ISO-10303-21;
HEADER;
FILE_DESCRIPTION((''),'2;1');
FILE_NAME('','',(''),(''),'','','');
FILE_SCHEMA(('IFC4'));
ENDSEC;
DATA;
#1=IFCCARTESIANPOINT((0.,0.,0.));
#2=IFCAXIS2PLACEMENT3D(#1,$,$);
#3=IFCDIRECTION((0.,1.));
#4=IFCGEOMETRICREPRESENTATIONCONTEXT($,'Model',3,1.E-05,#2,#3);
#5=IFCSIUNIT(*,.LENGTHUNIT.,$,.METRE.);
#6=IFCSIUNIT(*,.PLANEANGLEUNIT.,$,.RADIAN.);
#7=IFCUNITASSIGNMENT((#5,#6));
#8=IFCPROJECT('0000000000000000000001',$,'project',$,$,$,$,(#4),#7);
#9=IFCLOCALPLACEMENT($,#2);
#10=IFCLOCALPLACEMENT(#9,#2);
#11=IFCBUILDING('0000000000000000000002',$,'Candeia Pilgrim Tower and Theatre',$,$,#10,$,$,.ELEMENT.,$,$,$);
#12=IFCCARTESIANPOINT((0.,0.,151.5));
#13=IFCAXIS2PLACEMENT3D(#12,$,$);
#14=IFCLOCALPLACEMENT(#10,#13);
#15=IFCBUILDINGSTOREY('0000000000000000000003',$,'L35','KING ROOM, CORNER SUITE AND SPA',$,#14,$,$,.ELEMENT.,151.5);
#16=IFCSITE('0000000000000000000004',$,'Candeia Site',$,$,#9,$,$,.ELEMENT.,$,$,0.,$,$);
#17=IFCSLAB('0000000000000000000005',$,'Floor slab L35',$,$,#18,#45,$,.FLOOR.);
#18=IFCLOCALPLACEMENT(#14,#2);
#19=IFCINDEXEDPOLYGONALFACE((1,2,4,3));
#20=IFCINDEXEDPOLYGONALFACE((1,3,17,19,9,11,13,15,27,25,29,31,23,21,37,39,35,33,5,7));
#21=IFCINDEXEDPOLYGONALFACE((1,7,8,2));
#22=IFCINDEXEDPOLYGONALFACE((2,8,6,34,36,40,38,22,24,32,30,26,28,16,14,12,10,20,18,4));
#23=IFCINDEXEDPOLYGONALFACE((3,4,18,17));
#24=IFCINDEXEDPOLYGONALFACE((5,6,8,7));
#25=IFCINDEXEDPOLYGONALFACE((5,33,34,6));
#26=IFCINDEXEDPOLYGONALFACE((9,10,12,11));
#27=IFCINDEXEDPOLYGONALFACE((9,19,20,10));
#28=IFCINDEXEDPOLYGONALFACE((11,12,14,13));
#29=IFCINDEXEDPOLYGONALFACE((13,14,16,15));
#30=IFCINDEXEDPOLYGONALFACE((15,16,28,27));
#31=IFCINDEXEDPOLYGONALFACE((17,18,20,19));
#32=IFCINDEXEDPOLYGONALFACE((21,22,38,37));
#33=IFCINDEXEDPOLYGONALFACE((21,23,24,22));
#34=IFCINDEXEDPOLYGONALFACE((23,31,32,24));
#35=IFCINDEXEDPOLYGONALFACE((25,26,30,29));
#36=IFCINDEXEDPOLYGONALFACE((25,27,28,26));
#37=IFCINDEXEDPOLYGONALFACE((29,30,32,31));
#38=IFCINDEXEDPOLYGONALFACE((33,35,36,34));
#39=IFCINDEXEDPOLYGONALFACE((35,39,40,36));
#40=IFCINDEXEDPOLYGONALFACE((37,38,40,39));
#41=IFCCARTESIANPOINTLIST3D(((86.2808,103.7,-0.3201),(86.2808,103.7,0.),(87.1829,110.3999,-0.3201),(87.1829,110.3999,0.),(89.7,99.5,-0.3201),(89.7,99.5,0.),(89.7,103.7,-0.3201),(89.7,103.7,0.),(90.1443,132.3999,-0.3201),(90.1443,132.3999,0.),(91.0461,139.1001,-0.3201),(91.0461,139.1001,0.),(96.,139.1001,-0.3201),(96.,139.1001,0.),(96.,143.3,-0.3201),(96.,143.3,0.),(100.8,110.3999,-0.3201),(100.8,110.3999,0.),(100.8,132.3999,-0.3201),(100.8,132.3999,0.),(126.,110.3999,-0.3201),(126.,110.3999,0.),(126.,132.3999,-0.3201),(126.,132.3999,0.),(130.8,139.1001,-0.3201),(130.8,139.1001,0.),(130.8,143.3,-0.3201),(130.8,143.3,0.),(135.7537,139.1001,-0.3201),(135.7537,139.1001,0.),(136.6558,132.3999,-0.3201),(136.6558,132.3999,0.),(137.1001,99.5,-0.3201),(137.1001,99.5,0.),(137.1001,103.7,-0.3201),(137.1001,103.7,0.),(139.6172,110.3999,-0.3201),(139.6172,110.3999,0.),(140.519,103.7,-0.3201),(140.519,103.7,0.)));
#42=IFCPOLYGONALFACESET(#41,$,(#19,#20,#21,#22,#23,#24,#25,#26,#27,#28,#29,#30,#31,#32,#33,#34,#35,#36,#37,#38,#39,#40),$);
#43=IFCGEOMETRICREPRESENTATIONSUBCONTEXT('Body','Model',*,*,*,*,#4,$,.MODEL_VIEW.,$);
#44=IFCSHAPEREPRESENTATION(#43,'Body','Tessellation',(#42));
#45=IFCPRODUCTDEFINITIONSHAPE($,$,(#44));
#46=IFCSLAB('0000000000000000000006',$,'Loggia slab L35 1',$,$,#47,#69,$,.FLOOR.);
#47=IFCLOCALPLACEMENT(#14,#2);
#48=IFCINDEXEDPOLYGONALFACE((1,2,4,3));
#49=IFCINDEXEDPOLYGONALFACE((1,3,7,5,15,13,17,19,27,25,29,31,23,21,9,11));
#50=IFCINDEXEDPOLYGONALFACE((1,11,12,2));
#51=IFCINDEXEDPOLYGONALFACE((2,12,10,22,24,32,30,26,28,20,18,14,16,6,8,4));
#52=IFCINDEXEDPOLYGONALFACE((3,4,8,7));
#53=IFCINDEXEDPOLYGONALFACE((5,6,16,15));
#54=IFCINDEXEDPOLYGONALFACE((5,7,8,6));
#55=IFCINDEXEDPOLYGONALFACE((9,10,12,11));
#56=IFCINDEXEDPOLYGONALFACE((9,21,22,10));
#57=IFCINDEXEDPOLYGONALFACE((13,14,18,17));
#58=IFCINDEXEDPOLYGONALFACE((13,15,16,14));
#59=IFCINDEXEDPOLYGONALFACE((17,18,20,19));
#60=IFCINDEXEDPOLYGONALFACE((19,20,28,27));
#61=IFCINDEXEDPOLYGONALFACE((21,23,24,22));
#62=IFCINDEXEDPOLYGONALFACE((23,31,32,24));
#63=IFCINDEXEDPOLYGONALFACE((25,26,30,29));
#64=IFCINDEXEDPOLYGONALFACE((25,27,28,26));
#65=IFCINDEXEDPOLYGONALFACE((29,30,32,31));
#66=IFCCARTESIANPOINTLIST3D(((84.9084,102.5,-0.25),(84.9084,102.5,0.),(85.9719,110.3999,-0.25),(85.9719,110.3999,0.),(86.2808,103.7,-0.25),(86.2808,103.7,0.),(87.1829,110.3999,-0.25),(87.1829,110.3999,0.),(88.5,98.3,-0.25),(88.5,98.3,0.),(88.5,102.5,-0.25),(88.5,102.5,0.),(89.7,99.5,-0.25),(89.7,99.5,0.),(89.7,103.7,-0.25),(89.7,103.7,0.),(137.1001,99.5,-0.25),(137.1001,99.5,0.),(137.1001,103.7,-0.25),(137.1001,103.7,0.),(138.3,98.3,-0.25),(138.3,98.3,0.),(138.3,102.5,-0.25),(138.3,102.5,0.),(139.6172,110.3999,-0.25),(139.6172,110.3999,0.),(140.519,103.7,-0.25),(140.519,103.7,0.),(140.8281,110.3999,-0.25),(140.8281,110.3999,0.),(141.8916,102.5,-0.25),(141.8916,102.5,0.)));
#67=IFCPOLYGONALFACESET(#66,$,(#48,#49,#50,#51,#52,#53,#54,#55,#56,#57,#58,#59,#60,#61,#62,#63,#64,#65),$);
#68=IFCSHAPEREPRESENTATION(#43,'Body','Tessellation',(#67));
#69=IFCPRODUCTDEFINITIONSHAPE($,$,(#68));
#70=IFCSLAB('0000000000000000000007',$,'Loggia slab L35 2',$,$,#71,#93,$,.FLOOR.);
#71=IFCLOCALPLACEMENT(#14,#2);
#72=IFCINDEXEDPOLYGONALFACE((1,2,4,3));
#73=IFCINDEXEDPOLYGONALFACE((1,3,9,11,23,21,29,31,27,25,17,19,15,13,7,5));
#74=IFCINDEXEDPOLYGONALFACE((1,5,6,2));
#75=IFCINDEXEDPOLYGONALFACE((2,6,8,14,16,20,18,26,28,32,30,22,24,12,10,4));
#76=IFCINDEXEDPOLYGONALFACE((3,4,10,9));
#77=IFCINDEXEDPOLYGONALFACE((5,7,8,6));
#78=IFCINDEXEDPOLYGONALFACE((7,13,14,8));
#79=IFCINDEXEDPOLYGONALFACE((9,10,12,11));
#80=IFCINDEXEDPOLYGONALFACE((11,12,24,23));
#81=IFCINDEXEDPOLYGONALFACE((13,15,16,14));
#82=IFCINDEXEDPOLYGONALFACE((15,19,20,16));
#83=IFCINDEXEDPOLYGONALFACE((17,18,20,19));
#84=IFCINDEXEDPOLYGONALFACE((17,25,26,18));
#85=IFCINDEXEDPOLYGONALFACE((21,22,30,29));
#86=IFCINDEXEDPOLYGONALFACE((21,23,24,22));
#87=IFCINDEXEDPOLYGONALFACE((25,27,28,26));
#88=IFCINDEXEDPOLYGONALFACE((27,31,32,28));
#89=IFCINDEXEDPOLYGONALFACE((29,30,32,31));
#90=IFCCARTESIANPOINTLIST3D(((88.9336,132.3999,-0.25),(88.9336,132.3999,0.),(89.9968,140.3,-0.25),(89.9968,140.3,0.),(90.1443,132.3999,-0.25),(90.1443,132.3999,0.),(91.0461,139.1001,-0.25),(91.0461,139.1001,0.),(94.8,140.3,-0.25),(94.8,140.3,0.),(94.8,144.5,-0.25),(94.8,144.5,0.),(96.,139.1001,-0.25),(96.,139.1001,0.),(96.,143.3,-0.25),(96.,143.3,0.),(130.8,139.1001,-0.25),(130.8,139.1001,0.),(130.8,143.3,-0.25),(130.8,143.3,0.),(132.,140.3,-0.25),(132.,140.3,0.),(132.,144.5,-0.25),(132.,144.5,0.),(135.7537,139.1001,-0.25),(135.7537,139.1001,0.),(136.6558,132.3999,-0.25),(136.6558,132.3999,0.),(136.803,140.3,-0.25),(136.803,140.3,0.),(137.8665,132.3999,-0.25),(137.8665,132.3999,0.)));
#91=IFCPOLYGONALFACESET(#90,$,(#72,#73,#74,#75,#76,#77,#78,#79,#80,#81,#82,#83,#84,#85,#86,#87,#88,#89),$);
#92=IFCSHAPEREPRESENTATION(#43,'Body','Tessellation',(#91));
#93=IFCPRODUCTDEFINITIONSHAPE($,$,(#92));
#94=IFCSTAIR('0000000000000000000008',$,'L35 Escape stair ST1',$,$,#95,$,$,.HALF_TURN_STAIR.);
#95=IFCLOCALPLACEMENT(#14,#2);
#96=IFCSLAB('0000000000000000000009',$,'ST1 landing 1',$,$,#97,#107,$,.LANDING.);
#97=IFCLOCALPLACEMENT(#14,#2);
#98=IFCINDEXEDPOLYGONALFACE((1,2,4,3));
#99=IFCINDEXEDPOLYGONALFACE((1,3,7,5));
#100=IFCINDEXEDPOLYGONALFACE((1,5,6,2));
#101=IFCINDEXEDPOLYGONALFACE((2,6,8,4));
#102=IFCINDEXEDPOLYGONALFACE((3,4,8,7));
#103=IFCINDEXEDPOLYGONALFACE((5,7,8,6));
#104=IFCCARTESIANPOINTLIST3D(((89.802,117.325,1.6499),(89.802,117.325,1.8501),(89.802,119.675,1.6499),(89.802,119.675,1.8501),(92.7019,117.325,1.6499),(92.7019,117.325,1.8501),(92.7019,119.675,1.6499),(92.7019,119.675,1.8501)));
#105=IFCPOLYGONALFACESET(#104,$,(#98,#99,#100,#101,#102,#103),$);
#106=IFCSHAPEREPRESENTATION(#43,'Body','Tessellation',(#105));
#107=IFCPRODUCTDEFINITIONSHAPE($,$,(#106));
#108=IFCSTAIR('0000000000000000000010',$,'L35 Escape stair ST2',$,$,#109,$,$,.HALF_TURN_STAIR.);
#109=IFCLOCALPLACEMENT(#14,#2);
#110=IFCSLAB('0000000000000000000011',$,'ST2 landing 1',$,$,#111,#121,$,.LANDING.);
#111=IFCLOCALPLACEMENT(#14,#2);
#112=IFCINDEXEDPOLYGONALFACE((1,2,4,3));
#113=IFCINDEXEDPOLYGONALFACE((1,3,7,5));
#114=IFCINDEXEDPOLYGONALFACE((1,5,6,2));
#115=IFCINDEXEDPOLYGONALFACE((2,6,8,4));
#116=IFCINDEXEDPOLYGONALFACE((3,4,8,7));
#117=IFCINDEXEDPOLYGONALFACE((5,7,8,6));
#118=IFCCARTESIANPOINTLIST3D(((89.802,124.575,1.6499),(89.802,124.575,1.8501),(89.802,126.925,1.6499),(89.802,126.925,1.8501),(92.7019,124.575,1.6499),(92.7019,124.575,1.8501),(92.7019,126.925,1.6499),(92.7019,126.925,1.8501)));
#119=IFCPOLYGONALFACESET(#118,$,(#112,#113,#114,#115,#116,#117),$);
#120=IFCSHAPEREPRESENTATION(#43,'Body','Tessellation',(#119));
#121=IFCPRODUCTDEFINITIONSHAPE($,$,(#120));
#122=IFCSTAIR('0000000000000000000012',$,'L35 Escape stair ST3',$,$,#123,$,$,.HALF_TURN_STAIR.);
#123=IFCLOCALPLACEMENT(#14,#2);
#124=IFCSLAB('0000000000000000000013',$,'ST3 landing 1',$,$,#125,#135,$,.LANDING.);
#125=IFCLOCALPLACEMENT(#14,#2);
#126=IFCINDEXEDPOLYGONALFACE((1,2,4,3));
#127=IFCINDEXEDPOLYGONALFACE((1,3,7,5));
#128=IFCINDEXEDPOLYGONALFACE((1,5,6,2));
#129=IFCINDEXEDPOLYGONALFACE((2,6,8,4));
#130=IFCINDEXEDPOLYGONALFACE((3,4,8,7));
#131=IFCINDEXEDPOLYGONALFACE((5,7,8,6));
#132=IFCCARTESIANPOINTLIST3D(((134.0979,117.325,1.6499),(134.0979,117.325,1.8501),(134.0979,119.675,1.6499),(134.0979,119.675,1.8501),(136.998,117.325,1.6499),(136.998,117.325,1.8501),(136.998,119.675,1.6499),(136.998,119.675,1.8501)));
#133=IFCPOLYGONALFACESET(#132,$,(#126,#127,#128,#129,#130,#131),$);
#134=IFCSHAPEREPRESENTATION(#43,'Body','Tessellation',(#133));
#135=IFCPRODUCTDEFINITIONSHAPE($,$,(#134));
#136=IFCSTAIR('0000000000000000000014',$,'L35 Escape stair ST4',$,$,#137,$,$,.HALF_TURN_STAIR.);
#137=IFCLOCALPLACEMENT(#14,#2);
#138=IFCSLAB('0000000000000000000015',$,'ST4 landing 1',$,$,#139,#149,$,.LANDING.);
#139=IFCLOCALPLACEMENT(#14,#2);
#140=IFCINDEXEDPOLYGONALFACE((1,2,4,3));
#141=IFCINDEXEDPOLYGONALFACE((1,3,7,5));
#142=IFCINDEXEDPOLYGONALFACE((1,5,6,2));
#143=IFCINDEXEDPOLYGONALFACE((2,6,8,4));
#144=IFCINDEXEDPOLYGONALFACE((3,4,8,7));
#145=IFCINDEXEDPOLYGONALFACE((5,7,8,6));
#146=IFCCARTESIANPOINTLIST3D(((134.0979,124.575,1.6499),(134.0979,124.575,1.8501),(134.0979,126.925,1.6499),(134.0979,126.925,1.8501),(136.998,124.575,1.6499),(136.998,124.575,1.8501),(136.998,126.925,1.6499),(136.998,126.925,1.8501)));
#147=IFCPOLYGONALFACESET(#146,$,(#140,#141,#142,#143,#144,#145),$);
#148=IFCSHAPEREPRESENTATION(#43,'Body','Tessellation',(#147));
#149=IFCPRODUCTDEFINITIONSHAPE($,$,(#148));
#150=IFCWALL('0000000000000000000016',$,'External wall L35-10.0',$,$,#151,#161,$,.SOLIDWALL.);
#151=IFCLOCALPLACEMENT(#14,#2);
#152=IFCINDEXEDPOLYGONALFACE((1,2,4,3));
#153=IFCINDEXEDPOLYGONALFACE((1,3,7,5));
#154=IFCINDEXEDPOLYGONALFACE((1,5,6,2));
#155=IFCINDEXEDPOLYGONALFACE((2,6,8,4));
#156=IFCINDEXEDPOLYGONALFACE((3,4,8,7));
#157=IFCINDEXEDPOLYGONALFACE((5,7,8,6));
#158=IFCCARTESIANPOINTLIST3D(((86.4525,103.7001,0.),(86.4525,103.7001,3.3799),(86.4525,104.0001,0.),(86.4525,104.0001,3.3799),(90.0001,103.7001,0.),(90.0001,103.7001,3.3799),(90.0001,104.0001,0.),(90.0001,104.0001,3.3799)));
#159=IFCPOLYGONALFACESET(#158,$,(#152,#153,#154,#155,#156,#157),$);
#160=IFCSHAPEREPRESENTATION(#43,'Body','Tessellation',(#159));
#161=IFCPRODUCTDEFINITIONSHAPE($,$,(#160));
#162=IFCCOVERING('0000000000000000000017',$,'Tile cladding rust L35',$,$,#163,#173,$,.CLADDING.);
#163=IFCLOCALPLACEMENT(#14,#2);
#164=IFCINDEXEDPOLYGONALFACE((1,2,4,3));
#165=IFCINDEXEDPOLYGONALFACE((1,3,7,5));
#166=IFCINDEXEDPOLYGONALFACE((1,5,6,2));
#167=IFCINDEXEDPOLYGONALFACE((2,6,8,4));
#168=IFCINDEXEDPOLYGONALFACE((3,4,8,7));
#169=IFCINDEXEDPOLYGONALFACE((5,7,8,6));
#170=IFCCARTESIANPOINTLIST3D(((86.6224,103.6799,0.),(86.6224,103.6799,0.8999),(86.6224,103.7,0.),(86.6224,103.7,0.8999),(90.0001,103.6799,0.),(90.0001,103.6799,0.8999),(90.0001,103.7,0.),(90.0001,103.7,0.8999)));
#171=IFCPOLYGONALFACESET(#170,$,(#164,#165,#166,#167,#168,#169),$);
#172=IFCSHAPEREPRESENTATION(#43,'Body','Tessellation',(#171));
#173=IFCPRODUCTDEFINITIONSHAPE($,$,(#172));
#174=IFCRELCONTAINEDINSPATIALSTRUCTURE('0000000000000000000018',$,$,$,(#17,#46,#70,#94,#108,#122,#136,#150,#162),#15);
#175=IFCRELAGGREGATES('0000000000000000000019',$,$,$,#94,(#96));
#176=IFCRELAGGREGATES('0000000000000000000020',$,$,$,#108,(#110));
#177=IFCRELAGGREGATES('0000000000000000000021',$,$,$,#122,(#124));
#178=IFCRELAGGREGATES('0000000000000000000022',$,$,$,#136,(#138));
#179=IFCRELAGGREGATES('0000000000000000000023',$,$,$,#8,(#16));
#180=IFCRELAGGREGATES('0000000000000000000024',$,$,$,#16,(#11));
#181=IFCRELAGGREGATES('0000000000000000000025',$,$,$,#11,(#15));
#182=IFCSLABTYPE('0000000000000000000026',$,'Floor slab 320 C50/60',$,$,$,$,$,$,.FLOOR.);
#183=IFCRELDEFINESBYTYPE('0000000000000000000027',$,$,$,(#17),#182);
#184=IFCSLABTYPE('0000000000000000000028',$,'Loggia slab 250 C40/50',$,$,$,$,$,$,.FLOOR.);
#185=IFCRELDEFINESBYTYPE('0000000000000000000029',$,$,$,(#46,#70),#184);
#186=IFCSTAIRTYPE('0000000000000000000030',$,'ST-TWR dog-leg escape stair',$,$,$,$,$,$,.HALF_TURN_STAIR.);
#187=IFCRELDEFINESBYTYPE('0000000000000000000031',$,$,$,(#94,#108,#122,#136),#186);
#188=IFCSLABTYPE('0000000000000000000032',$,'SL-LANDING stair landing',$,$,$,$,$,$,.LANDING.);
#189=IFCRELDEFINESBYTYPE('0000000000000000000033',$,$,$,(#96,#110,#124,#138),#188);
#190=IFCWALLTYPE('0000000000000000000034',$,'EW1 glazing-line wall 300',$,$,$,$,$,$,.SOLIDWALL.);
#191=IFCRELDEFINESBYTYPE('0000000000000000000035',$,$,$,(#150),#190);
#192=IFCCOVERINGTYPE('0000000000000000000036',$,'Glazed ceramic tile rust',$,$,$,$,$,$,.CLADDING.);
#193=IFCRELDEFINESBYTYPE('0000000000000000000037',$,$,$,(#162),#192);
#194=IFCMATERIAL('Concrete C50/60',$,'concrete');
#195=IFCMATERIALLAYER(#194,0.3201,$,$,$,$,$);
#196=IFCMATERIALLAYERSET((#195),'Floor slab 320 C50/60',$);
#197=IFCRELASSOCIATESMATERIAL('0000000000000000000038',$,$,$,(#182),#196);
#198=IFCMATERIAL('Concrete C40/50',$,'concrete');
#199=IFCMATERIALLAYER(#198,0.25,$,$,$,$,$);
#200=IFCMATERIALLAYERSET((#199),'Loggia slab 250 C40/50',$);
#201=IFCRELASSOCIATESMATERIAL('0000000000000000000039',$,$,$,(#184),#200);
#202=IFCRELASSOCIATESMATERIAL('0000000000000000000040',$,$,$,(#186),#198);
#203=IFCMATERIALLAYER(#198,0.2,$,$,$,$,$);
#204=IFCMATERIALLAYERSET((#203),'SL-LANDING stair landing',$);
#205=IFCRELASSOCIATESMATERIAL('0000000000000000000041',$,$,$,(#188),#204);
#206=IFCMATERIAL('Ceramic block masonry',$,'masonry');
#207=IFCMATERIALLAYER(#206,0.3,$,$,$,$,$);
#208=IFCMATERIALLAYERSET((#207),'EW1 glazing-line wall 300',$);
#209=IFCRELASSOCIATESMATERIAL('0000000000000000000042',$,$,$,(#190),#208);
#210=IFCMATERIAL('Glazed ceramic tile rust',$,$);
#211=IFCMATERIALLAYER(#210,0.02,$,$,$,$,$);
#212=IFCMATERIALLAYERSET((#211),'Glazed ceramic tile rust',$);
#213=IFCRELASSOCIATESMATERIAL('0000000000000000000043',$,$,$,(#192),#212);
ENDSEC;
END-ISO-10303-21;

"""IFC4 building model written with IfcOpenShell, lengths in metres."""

from ifc_helpers import new_model, si_unit, direction, frame, frame_2d, origin, origin_2d, place, context, subcontext, project, spatial, polyline, rectangle, outline, extrude, material, layer, layer_set, type_object, element, aggregate, save


model = new_model("IFC4")

# Units and contexts
model_context = context("Model", 3, precision=1e-05, world=origin(), true_north=direction((0.0, 1.0)))
body_context = subcontext(model_context, "Body", "Model", "MODEL_VIEW")
ifc_project = project(units=[si_unit("LENGTHUNIT", "METRE"), si_unit("PLANEANGLEUNIT", "RADIAN")], contexts=[model_context])

# Site, building, storey
site_placement = place(None, origin())
site = spatial("IfcSite", under=ifc_project, at=site_placement, Name="Candeia Site", CompositionType="ELEMENT", RefElevation=0.0)
building_placement = place(site_placement, origin())
building = spatial("IfcBuilding", under=site, at=building_placement, Name="Candeia Pilgrim Tower and Theatre", CompositionType="ELEMENT")
storey_placement = place(building_placement, frame((0.0, 0.0, 151.5)))
storey = spatial("IfcBuildingStorey", under=building, at=storey_placement, Name="L35", Description="KING ROOM, CORNER SUITE AND SPA", CompositionType="ELEMENT", Elevation=151.5)

# Slabs
ifc_material_1 = material(Name="Concrete C40/50", Category="concrete")
ifc_material_2 = material(Name="Concrete C50/60", Category="concrete")
ifc_layer_1 = layer(ifc_material_2, 0.3201)
ifc_layer_set_1 = layer_set([ifc_layer_1], Name="Floor slab 320 C50/60")
slab_type_1 = type_object("IfcSlabType", Name="Floor slab 320 C50/60", PredefinedType="FLOOR", material=ifc_layer_set_1)
slab_1_placement = place(storey_placement, frame((0.0, 0.0, -0.3201)))
element("IfcSlab", 1, at=slab_1_placement, inside=storey, type_object=slab_type_1, Name="Floor slab L35", PredefinedType="FLOOR", context=body_context, shape_type="SweptSolid", body=[
    extrude(outline(polyline([(96.0, 139.1001), (96.0, 143.3), (130.8, 143.3), (130.8, 139.1001), (135.7537, 139.1001), (136.6558, 132.3999), (126.0, 132.3999), (126.0, 110.3999), (139.6172, 110.3999), (140.519, 103.7), (137.1001, 103.7), (137.1001, 99.5), (89.7, 99.5), (89.7, 103.7), (86.2808, 103.7), (87.1829, 110.3999), (100.8, 110.3999), (100.8, 132.3999), (90.1443, 132.3999), (91.0461, 139.1001), (96.0, 139.1001)])), origin(), (0.0, 0.0, 1.0), 0.3201),
])
ifc_layer_2 = layer(ifc_material_1, 0.25)
ifc_layer_set_2 = layer_set([ifc_layer_2], Name="Loggia slab 250 C40/50")
slab_type_2 = type_object("IfcSlabType", Name="Loggia slab 250 C40/50", PredefinedType="FLOOR", material=ifc_layer_set_2)
slab_2_placement = place(storey_placement, frame((0.0, 0.0, -0.25)))
element("IfcSlab", 2, at=slab_2_placement, inside=storey, type_object=slab_type_2, Name="Loggia slab L35 1", PredefinedType="FLOOR", context=body_context, shape_type="SweptSolid", body=[
    extrude(outline(polyline([(87.1829, 110.3999), (86.2808, 103.7), (89.7, 103.7), (89.7, 99.5), (137.1001, 99.5), (137.1001, 103.7), (140.519, 103.7), (139.6172, 110.3999), (140.8281, 110.3999), (141.8916, 102.5), (138.3, 102.5), (138.3, 98.3), (88.5, 98.3), (88.5, 102.5), (84.9084, 102.5), (85.9719, 110.3999), (87.1829, 110.3999)])), origin(), (0.0, 0.0, 1.0), 0.25),
])
slab_3_placement = place(storey_placement, frame((0.0, 0.0, -0.25)))
element("IfcSlab", 3, at=slab_3_placement, inside=storey, type_object=slab_type_2, Name="Loggia slab L35 2", PredefinedType="FLOOR", context=body_context, shape_type="SweptSolid", body=[
    extrude(outline(polyline([(136.6558, 132.3999), (135.7537, 139.1001), (130.8, 139.1001), (130.8, 143.3), (96.0, 143.3), (96.0, 139.1001), (91.0461, 139.1001), (90.1443, 132.3999), (88.9336, 132.3999), (89.9968, 140.3), (94.8, 140.3), (94.8, 144.5), (132.0, 144.5), (132.0, 140.3), (136.803, 140.3), (137.8665, 132.3999), (136.6558, 132.3999)])), origin(), (0.0, 0.0, 1.0), 0.25),
])

# Stairs, slabs
stair_type = type_object("IfcStairType", Name="ST-TWR dog-leg escape stair", PredefinedType="HALF_TURN_STAIR", material=ifc_material_1)
stair_1_placement = place(storey_placement, origin())
stair_1 = element("IfcStair", 4, at=stair_1_placement, inside=storey, type_object=stair_type, Name="L35 Escape stair ST1", PredefinedType="HALF_TURN_STAIR")
ifc_layer_3 = layer(ifc_material_1, 0.2)
ifc_layer_set_3 = layer_set([ifc_layer_3], Name="SL-LANDING stair landing")
slab_type_3 = type_object("IfcSlabType", Name="SL-LANDING stair landing", PredefinedType="LANDING", material=ifc_layer_set_3)
slab_4_placement = place(storey_placement, frame((0.0, 0.0, 1.6499)))
slab_4 = element("IfcSlab", 5, at=slab_4_placement, type_object=slab_type_3, Name="ST1 landing 1", PredefinedType="LANDING", context=body_context, shape_type="SweptSolid", body=[
    extrude(outline(polyline([(89.802, 119.675), (89.802, 117.325), (92.7019, 117.325), (92.7019, 119.675), (89.802, 119.675)])), origin(), (0.0, 0.0, 1.0), 0.2002),
])
aggregate(stair_1, [slab_4])
stair_2_placement = place(storey_placement, origin())
stair_2 = element("IfcStair", 6, at=stair_2_placement, inside=storey, type_object=stair_type, Name="L35 Escape stair ST2", PredefinedType="HALF_TURN_STAIR")
slab_5_placement = place(storey_placement, frame((0.0, 0.0, 1.6499)))
slab_5 = element("IfcSlab", 7, at=slab_5_placement, type_object=slab_type_3, Name="ST2 landing 1", PredefinedType="LANDING", context=body_context, shape_type="SweptSolid", body=[
    extrude(outline(polyline([(89.802, 126.925), (89.802, 124.575), (92.7019, 124.575), (92.7019, 126.925), (89.802, 126.925)])), origin(), (0.0, 0.0, 1.0), 0.2002),
])
aggregate(stair_2, [slab_5])
stair_3_placement = place(storey_placement, origin())
stair_3 = element("IfcStair", 8, at=stair_3_placement, inside=storey, type_object=stair_type, Name="L35 Escape stair ST3", PredefinedType="HALF_TURN_STAIR")
slab_6_placement = place(storey_placement, frame((0.0, 0.0, 1.6499)))
slab_6 = element("IfcSlab", 9, at=slab_6_placement, type_object=slab_type_3, Name="ST3 landing 1", PredefinedType="LANDING", context=body_context, shape_type="SweptSolid", body=[
    extrude(outline(polyline([(134.0979, 119.675), (134.0979, 117.325), (136.998, 117.325), (136.998, 119.675), (134.0979, 119.675)])), origin(), (0.0, 0.0, 1.0), 0.2002),
])
aggregate(stair_3, [slab_6])
stair_4_placement = place(storey_placement, origin())
stair_4 = element("IfcStair", 10, at=stair_4_placement, inside=storey, type_object=stair_type, Name="L35 Escape stair ST4", PredefinedType="HALF_TURN_STAIR")
slab_7_placement = place(storey_placement, frame((0.0, 0.0, 1.6499)))
slab_7 = element("IfcSlab", 11, at=slab_7_placement, type_object=slab_type_3, Name="ST4 landing 1", PredefinedType="LANDING", context=body_context, shape_type="SweptSolid", body=[
    extrude(outline(polyline([(134.0979, 126.925), (134.0979, 124.575), (136.998, 124.575), (136.998, 126.925), (134.0979, 126.925)])), origin(), (0.0, 0.0, 1.0), 0.2002),
])
aggregate(stair_4, [slab_7])

# Wall
ifc_material_3 = material(Name="Ceramic block masonry", Category="masonry")
ifc_layer_4 = layer(ifc_material_3, 0.3)
ifc_layer_set_4 = layer_set([ifc_layer_4], Name="EW1 glazing-line wall 300")
wall_type = type_object("IfcWallType", Name="EW1 glazing-line wall 300", PredefinedType="SOLIDWALL", material=ifc_layer_set_4)
wall_placement = place(storey_placement, frame((86.4524, 103.8501, 0.0), z_axis=(0.0, 0.0, 1.0), x_axis=(1.0, 0.0, 0.0)))
element("IfcWall", 12, at=wall_placement, inside=storey, type_object=wall_type, Name="External wall L35-10.0", PredefinedType="SOLIDWALL", context=body_context, shape_type="SweptSolid", body=[
    extrude(rectangle(XDim=3.5476, YDim=0.3, at=frame_2d((1.7739, 0.0))), origin(), (0.0, 0.0, 1.0), 3.3799),
])

# Covering
ifc_material_4 = material(Name="Glazed ceramic tile rust")
ifc_layer_5 = layer(ifc_material_4, 0.02)
ifc_layer_set_5 = layer_set([ifc_layer_5], Name="Glazed ceramic tile rust")
covering_type = type_object("IfcCoveringType", Name="Glazed ceramic tile rust", PredefinedType="CLADDING", material=ifc_layer_set_5)
covering_placement = place(storey_placement, frame((88.3113, 103.6899, 0.0), z_axis=(0.0, 0.0, 1.0), x_axis=(1.0, 0.0, 0.0)))
element("IfcCovering", 13, at=covering_placement, inside=storey, type_object=covering_type, Name="Tile cladding rust L35", PredefinedType="CLADDING", context=body_context, shape_type="SweptSolid", body=[
    extrude(rectangle(XDim=3.3777, YDim=0.02, at=origin_2d()), origin(), (0.0, 0.0, 1.0), 0.8999),
])

save(model, "model.ifc")
